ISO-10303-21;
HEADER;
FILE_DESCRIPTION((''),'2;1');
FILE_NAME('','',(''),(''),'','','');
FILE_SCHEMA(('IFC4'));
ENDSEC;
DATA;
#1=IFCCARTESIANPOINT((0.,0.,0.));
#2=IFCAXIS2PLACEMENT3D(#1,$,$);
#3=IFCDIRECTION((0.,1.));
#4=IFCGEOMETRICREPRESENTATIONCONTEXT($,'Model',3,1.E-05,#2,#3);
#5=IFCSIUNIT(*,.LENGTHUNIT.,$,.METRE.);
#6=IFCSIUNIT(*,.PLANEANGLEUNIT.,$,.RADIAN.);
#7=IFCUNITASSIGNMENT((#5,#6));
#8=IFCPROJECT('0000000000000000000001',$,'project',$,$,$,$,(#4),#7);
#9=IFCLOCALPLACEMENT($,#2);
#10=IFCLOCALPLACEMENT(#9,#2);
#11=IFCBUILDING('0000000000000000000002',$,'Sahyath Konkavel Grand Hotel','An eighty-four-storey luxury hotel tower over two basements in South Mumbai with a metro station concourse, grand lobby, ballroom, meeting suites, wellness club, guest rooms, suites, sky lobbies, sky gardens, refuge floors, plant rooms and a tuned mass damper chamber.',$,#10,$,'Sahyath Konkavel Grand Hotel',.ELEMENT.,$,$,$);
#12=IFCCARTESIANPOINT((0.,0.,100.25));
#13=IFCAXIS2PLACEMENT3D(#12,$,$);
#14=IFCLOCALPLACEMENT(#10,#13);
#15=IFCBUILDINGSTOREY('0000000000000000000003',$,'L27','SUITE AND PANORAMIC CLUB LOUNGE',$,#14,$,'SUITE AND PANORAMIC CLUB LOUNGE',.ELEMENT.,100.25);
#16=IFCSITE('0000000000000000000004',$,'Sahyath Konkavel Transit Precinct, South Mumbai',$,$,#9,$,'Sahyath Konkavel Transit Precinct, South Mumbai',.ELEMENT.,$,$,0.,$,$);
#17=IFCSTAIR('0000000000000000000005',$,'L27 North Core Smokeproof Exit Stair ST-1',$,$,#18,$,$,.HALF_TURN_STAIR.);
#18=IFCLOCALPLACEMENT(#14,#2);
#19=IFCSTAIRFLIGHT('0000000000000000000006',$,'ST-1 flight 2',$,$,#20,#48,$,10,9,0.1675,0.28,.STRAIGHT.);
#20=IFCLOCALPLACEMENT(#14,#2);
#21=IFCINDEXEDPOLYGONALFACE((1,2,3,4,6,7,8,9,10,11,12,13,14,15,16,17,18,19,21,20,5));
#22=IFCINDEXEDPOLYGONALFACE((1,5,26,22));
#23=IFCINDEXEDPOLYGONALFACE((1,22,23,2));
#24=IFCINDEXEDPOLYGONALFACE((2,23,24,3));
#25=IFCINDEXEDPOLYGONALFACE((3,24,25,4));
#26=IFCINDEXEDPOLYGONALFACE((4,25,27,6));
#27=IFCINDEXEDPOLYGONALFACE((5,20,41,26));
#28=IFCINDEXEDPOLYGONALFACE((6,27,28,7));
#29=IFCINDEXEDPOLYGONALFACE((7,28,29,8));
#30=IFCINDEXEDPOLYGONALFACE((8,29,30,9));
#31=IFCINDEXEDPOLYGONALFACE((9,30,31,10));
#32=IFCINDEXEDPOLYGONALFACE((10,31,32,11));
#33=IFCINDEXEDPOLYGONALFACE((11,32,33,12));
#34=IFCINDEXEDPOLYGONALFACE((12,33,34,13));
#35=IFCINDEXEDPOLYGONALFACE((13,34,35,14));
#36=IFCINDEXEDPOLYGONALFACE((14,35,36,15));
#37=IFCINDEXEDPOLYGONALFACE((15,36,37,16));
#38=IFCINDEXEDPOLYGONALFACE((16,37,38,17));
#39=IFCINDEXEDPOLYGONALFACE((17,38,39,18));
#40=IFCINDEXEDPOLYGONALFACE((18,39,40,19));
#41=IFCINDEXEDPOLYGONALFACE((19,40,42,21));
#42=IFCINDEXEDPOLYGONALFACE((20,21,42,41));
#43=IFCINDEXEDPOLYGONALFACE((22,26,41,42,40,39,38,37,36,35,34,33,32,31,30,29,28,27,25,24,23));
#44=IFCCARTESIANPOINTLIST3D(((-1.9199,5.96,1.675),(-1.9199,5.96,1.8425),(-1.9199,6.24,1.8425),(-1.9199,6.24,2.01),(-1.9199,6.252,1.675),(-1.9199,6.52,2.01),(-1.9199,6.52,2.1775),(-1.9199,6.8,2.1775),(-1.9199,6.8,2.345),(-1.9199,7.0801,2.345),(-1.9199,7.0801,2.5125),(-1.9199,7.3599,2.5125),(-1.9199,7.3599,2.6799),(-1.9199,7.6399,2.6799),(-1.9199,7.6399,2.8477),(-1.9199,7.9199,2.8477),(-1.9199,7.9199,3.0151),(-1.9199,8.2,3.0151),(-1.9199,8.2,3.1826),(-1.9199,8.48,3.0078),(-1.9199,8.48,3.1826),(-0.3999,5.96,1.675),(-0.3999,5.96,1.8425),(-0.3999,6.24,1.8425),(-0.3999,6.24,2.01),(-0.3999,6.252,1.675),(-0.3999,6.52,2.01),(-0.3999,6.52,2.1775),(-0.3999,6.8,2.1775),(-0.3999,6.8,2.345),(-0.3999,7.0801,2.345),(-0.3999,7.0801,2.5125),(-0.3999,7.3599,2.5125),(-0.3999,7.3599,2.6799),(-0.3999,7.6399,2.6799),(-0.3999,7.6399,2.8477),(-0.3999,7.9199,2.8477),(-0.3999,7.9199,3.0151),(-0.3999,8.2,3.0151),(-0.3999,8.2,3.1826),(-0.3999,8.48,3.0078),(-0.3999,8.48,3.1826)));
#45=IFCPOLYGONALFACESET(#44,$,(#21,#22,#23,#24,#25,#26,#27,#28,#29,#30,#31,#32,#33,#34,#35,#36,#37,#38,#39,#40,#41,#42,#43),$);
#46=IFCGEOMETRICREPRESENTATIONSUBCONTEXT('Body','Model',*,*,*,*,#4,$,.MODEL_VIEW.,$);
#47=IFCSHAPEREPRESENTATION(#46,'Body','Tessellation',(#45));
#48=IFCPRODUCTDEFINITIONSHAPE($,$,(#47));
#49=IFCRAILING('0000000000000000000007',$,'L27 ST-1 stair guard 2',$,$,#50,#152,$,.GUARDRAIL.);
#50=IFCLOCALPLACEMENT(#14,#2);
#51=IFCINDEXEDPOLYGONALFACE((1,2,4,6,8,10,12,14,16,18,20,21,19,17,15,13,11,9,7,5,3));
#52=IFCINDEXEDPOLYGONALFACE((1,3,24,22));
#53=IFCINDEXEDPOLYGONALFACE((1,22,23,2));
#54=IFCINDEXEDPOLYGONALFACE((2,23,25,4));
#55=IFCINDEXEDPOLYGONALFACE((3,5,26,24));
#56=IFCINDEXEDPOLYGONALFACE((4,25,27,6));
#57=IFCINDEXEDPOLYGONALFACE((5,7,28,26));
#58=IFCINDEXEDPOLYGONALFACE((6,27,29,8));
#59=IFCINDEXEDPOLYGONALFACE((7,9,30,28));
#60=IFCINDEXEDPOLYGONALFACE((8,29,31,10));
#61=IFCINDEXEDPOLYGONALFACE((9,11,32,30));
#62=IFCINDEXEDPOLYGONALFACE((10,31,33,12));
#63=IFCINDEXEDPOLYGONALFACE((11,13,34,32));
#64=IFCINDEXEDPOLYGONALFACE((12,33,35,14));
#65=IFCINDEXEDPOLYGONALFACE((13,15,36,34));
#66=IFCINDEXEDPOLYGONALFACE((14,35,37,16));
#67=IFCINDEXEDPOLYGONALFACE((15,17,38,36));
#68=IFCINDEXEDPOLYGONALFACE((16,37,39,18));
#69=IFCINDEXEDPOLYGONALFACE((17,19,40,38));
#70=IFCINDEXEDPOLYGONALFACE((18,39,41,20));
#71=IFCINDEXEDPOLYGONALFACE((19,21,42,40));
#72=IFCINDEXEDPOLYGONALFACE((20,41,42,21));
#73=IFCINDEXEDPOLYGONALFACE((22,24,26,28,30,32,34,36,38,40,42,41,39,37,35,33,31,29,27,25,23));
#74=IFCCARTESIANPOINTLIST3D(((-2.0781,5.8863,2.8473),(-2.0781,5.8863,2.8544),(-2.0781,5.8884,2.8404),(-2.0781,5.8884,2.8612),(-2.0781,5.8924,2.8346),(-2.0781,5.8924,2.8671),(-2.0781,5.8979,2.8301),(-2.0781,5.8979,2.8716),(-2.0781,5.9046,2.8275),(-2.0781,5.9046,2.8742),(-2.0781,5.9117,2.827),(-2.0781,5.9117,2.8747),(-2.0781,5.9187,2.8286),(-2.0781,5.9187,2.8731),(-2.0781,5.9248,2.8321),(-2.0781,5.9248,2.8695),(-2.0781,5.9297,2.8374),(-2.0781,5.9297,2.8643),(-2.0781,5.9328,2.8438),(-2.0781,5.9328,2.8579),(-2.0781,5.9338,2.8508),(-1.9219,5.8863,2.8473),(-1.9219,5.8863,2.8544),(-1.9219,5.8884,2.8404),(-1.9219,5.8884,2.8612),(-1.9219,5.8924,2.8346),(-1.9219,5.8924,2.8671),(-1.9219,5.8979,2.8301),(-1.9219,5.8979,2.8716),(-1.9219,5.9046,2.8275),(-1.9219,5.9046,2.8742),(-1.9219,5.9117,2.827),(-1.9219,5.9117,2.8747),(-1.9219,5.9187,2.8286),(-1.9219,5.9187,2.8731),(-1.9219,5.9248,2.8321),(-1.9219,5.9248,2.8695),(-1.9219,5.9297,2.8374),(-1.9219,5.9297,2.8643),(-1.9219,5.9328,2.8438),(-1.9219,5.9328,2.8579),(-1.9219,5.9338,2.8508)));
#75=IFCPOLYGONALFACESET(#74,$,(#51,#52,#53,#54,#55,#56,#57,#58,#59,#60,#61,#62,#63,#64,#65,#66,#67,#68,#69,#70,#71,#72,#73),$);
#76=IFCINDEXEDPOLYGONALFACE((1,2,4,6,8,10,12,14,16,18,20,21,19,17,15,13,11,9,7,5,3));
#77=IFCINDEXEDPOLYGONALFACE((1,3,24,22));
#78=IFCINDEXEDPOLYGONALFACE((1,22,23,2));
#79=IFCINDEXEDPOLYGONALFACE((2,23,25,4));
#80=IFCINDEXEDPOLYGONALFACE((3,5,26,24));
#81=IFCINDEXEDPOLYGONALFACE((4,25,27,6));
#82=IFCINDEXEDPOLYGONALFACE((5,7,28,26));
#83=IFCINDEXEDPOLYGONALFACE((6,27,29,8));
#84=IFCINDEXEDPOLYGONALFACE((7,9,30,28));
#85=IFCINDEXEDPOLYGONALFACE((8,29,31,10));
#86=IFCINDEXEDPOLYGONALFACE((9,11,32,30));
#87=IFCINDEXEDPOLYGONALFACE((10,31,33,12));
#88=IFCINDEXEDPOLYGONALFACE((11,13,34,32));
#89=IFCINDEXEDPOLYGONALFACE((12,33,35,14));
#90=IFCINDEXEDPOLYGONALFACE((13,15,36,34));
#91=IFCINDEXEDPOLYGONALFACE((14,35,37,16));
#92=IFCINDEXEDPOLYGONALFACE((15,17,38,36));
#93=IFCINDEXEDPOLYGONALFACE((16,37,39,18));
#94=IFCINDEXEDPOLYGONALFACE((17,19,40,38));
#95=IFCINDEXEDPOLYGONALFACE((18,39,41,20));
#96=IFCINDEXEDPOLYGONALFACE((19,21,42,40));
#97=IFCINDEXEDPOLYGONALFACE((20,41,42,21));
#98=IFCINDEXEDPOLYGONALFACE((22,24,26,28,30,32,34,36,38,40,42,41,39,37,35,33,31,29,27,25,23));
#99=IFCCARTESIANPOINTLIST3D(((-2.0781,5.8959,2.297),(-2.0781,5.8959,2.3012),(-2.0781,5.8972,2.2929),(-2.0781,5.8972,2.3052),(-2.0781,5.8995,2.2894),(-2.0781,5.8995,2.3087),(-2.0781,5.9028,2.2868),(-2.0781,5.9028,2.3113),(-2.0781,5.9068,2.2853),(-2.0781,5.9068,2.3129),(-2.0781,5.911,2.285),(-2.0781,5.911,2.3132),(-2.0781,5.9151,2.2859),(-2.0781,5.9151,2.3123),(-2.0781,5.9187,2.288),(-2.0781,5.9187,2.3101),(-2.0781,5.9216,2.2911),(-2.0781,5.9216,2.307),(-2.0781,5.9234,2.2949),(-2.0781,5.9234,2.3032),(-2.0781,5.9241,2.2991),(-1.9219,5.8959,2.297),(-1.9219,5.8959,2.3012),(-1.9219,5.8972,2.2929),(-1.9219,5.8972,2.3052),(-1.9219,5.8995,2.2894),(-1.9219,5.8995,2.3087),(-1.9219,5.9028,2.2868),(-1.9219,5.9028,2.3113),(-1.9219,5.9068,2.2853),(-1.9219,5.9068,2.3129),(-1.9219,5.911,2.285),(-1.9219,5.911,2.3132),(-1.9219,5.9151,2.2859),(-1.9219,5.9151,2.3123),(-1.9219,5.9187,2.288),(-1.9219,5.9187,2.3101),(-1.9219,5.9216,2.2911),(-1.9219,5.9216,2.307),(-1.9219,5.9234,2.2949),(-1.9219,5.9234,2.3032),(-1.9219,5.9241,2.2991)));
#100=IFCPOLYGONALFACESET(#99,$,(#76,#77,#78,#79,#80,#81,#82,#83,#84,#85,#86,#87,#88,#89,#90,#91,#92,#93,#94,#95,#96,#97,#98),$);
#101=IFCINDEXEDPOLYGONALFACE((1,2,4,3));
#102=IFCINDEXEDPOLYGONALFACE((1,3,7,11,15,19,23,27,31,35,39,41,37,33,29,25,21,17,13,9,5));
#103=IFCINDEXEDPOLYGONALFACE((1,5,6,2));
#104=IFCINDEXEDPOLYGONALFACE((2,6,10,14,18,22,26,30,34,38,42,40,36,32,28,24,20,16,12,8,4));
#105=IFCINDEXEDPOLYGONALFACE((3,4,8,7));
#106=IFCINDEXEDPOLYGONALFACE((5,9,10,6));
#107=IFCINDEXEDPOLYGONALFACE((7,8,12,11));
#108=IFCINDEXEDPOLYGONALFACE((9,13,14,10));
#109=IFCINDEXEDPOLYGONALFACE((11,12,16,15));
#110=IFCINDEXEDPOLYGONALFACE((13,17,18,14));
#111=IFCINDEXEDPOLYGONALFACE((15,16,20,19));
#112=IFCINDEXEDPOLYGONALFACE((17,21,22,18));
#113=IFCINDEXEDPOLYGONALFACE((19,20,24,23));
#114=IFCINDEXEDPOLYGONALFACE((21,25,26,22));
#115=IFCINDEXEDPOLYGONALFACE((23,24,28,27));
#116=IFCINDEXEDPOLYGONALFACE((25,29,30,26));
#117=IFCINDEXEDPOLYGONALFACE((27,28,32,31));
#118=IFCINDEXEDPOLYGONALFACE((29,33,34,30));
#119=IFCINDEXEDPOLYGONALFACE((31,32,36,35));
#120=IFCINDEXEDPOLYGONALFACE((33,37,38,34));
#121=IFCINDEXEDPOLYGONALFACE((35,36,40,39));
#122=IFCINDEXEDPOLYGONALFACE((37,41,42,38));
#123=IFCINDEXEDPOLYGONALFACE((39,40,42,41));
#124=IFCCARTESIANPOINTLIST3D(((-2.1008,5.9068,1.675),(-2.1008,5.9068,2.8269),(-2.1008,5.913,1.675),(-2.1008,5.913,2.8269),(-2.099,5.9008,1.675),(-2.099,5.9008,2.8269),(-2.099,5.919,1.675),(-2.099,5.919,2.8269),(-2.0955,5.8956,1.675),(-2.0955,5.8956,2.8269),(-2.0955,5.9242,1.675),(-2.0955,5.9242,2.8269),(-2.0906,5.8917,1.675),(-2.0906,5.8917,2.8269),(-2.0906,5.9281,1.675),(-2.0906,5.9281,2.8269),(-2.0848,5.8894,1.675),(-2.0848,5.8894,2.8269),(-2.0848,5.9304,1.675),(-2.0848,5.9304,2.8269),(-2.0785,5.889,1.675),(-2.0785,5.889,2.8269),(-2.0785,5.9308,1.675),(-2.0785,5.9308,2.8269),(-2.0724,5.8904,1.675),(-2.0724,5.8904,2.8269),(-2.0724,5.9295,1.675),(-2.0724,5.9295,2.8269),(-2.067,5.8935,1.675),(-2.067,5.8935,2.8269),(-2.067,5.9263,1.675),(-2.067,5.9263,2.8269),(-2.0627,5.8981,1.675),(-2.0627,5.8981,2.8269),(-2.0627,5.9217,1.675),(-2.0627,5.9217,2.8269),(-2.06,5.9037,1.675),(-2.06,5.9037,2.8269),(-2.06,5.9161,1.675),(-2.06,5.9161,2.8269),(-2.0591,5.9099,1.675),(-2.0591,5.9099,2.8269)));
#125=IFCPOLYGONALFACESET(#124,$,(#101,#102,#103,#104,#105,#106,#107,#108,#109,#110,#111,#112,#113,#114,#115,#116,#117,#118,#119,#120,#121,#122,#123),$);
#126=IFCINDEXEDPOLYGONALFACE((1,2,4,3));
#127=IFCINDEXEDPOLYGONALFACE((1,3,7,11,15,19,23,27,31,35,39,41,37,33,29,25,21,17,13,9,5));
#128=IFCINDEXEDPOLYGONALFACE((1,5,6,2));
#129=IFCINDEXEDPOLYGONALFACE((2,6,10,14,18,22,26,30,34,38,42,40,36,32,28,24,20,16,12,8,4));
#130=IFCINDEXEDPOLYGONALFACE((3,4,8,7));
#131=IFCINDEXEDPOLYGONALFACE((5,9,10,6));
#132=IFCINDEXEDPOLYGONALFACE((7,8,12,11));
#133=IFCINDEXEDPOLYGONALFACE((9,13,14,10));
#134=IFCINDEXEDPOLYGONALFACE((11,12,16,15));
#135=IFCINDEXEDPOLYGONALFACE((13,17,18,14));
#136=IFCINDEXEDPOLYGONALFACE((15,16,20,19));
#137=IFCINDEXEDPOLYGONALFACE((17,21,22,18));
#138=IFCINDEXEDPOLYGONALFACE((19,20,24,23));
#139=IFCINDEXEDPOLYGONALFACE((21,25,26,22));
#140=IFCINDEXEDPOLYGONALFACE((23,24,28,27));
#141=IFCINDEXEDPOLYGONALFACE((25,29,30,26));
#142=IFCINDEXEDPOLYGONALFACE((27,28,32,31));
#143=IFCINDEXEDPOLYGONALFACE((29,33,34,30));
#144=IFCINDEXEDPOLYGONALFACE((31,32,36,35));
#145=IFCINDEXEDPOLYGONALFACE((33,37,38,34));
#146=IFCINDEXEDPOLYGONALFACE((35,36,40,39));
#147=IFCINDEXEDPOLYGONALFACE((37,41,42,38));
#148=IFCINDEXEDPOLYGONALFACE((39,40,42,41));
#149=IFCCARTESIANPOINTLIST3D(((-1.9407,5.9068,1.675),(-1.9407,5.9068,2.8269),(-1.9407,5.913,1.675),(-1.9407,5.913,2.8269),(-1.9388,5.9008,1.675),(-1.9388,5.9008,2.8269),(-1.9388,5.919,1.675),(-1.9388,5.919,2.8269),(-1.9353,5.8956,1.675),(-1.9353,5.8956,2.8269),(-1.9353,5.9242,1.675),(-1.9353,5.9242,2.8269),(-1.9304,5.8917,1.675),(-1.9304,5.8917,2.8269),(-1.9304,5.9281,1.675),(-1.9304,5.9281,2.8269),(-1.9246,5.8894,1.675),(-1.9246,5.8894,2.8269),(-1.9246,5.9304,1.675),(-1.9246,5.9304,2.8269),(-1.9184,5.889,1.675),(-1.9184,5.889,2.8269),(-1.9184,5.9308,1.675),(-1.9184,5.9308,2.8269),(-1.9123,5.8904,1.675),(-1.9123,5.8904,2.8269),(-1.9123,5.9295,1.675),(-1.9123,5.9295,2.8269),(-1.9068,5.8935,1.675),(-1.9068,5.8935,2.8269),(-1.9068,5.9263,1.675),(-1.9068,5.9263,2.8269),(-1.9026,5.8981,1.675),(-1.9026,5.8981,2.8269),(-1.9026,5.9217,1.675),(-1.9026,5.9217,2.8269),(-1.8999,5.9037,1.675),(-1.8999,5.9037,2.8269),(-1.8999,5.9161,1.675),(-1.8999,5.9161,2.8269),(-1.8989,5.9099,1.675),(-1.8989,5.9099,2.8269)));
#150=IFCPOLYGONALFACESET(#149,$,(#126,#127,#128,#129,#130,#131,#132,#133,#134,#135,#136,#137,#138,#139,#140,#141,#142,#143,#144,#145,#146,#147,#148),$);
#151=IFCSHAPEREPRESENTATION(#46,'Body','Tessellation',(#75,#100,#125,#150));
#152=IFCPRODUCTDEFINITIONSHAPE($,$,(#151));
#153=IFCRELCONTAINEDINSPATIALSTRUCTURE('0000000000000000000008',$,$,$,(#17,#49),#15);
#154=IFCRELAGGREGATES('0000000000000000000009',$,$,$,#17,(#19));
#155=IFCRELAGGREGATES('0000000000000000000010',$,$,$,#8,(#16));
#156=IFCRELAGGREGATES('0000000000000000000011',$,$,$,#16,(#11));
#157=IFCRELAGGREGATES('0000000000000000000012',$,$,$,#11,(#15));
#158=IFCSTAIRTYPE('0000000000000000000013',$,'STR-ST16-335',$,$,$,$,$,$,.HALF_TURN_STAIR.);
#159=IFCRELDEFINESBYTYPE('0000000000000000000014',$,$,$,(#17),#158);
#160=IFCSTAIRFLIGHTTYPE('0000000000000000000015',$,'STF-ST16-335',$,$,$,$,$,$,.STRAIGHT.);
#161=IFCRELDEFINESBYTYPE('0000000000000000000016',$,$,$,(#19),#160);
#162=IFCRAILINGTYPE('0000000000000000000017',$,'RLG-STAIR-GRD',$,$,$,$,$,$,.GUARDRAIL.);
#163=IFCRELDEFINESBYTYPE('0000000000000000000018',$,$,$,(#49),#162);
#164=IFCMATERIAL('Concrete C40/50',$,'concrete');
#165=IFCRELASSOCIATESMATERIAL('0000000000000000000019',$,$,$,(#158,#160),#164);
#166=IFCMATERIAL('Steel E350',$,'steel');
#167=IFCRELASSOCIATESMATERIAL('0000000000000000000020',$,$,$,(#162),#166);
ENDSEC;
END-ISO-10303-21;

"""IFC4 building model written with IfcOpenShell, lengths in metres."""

from ifc_helpers import new_model, si_unit, direction, frame, origin, origin_2d, place, context, subcontext, project, spatial, polyline, circle, outline, extrude, material, type_object, element, aggregate, save


model = new_model("IFC4")

# Units and contexts
model_context = context("Model", 3, precision=1e-05, world=origin(), true_north=direction((0.0, 1.0)))
body_context = subcontext(model_context, "Body", "Model", "MODEL_VIEW")
ifc_project = project(units=[si_unit("LENGTHUNIT", "METRE"), si_unit("PLANEANGLEUNIT", "RADIAN")], contexts=[model_context])

# Site, building, storey
site_placement = place(None, origin())
site = spatial("IfcSite", under=ifc_project, at=site_placement, Name="Sahyath Konkavel Transit Precinct, South Mumbai", LongName="Sahyath Konkavel Transit Precinct, South Mumbai", CompositionType="ELEMENT", RefElevation=0.0)
building_placement = place(site_placement, origin())
building = spatial("IfcBuilding", under=site, at=building_placement, Name="Sahyath Konkavel Grand Hotel", Description="An eighty-four-storey luxury hotel tower over two basements in South Mumbai with a metro station concourse, grand lobby, ballroom, meeting suites, wellness club, guest rooms, suites, sky lobbies, sky gardens, refuge floors, plant rooms and a tuned mass damper chamber.", LongName="Sahyath Konkavel Grand Hotel", CompositionType="ELEMENT")
storey_placement = place(building_placement, frame((0.0, 0.0, 100.25)))
storey = spatial("IfcBuildingStorey", under=building, at=storey_placement, Name="L27", Description="SUITE AND PANORAMIC CLUB LOUNGE", LongName="SUITE AND PANORAMIC CLUB LOUNGE", CompositionType="ELEMENT", Elevation=100.25)

# Shared definitions
ifc_material_1 = material(Name="Steel E350", Category="steel")

# Shared definitions
ifc_material_2 = material(Name="Concrete C40/50", Category="concrete")

# Stair
stair_type = type_object("IfcStairType", Name="STR-ST16-335", PredefinedType="HALF_TURN_STAIR", material=ifc_material_2)
stair_1_placement = place(storey_placement, origin())
stair_1 = element("IfcStair", 1, at=stair_1_placement, inside=storey, type_object=stair_type, Name="L27 North Core Smokeproof Exit Stair ST-1", PredefinedType="HALF_TURN_STAIR")

# Stair flight
stair_flight_type = type_object("IfcStairFlightType", Name="STF-ST16-335", PredefinedType="STRAIGHT", material=ifc_material_2)
stair_flight_placement = place(storey_placement, frame((-1.1599, 5.96, 1.675), z_axis=(0.0, 0.0, 1.0), x_axis=(0.0, 1.0, 0.0)))
stair_flight = element("IfcStairFlight", 2, at=stair_flight_placement, type_object=stair_flight_type, Name="ST-1 flight 2", NumberOfRisers=10, NumberOfTreads=9, PredefinedType="STRAIGHT", RiserHeight=0.1675, TreadLength=0.28, context=body_context, shape_type="SweptSolid", body=[
    extrude(outline(polyline([(0.0, 0.0), (0.0, 0.1675), (0.28, 0.1675), (0.28, 0.335), (0.5601, 0.335), (0.5601, 0.5024), (0.8401, 0.5024), (0.8401, 0.6699), (1.1201, 0.6699), (1.1201, 0.8374), (1.3999, 0.8374), (1.3999, 1.0049), (1.6799, 1.0049), (1.6799, 1.1726), (1.96, 1.1726), (1.96, 1.3401), (2.24, 1.3401), (2.24, 1.5076), (2.52, 1.5076), (2.52, 1.675), (2.52, 1.3328), (0.292, 0.0), (0.0, 0.0)])), frame((0.0, 0.76, 0.0), z_axis=(0.0, -1.0, 0.0), x_axis=(1.0, 0.0, 0.0)), (0.0, 0.0, 1.0), 1.52),
])
aggregate(stair_1, [stair_flight])

# Railing
railing_type_1 = type_object("IfcRailingType", Name="RLG-STAIR-GRD", PredefinedType="GUARDRAIL", material=ifc_material_1)
railing_1_placement = place(storey_placement, frame((-2.0801, 5.9099, 1.675)))
element("IfcRailing", 3, at=railing_1_placement, inside=storey, type_object=railing_type_1, Name="L27 ST-1 stair guard 2", PredefinedType="GUARDRAIL", context=body_context, shape_type="SweptSolid", body=[
    extrude(circle(Radius=0.0239, at=origin_2d()), frame((0.002, 0.0, 1.1758), z_axis=(1.0, 0.0, 0.0), x_axis=(0.0, 1.0, 0.0)), (0.0, 0.0, 1.0), 0.1562),
    extrude(circle(Radius=0.0142, at=origin_2d()), frame((0.002, 0.0, 0.624), z_axis=(1.0, 0.0, 0.0), x_axis=(0.0, 1.0, 0.0)), (0.0, 0.0, 1.0), 0.1562),
    extrude(circle(Radius=0.021, at=origin_2d()), origin(), (0.0, 0.0, 1.0), 1.1519),
    extrude(circle(Radius=0.021, at=origin_2d()), frame((0.1602, 0.0, 0.0)), (0.0, 0.0, 1.0), 1.1519),
])

save(model, "model.ifc")
